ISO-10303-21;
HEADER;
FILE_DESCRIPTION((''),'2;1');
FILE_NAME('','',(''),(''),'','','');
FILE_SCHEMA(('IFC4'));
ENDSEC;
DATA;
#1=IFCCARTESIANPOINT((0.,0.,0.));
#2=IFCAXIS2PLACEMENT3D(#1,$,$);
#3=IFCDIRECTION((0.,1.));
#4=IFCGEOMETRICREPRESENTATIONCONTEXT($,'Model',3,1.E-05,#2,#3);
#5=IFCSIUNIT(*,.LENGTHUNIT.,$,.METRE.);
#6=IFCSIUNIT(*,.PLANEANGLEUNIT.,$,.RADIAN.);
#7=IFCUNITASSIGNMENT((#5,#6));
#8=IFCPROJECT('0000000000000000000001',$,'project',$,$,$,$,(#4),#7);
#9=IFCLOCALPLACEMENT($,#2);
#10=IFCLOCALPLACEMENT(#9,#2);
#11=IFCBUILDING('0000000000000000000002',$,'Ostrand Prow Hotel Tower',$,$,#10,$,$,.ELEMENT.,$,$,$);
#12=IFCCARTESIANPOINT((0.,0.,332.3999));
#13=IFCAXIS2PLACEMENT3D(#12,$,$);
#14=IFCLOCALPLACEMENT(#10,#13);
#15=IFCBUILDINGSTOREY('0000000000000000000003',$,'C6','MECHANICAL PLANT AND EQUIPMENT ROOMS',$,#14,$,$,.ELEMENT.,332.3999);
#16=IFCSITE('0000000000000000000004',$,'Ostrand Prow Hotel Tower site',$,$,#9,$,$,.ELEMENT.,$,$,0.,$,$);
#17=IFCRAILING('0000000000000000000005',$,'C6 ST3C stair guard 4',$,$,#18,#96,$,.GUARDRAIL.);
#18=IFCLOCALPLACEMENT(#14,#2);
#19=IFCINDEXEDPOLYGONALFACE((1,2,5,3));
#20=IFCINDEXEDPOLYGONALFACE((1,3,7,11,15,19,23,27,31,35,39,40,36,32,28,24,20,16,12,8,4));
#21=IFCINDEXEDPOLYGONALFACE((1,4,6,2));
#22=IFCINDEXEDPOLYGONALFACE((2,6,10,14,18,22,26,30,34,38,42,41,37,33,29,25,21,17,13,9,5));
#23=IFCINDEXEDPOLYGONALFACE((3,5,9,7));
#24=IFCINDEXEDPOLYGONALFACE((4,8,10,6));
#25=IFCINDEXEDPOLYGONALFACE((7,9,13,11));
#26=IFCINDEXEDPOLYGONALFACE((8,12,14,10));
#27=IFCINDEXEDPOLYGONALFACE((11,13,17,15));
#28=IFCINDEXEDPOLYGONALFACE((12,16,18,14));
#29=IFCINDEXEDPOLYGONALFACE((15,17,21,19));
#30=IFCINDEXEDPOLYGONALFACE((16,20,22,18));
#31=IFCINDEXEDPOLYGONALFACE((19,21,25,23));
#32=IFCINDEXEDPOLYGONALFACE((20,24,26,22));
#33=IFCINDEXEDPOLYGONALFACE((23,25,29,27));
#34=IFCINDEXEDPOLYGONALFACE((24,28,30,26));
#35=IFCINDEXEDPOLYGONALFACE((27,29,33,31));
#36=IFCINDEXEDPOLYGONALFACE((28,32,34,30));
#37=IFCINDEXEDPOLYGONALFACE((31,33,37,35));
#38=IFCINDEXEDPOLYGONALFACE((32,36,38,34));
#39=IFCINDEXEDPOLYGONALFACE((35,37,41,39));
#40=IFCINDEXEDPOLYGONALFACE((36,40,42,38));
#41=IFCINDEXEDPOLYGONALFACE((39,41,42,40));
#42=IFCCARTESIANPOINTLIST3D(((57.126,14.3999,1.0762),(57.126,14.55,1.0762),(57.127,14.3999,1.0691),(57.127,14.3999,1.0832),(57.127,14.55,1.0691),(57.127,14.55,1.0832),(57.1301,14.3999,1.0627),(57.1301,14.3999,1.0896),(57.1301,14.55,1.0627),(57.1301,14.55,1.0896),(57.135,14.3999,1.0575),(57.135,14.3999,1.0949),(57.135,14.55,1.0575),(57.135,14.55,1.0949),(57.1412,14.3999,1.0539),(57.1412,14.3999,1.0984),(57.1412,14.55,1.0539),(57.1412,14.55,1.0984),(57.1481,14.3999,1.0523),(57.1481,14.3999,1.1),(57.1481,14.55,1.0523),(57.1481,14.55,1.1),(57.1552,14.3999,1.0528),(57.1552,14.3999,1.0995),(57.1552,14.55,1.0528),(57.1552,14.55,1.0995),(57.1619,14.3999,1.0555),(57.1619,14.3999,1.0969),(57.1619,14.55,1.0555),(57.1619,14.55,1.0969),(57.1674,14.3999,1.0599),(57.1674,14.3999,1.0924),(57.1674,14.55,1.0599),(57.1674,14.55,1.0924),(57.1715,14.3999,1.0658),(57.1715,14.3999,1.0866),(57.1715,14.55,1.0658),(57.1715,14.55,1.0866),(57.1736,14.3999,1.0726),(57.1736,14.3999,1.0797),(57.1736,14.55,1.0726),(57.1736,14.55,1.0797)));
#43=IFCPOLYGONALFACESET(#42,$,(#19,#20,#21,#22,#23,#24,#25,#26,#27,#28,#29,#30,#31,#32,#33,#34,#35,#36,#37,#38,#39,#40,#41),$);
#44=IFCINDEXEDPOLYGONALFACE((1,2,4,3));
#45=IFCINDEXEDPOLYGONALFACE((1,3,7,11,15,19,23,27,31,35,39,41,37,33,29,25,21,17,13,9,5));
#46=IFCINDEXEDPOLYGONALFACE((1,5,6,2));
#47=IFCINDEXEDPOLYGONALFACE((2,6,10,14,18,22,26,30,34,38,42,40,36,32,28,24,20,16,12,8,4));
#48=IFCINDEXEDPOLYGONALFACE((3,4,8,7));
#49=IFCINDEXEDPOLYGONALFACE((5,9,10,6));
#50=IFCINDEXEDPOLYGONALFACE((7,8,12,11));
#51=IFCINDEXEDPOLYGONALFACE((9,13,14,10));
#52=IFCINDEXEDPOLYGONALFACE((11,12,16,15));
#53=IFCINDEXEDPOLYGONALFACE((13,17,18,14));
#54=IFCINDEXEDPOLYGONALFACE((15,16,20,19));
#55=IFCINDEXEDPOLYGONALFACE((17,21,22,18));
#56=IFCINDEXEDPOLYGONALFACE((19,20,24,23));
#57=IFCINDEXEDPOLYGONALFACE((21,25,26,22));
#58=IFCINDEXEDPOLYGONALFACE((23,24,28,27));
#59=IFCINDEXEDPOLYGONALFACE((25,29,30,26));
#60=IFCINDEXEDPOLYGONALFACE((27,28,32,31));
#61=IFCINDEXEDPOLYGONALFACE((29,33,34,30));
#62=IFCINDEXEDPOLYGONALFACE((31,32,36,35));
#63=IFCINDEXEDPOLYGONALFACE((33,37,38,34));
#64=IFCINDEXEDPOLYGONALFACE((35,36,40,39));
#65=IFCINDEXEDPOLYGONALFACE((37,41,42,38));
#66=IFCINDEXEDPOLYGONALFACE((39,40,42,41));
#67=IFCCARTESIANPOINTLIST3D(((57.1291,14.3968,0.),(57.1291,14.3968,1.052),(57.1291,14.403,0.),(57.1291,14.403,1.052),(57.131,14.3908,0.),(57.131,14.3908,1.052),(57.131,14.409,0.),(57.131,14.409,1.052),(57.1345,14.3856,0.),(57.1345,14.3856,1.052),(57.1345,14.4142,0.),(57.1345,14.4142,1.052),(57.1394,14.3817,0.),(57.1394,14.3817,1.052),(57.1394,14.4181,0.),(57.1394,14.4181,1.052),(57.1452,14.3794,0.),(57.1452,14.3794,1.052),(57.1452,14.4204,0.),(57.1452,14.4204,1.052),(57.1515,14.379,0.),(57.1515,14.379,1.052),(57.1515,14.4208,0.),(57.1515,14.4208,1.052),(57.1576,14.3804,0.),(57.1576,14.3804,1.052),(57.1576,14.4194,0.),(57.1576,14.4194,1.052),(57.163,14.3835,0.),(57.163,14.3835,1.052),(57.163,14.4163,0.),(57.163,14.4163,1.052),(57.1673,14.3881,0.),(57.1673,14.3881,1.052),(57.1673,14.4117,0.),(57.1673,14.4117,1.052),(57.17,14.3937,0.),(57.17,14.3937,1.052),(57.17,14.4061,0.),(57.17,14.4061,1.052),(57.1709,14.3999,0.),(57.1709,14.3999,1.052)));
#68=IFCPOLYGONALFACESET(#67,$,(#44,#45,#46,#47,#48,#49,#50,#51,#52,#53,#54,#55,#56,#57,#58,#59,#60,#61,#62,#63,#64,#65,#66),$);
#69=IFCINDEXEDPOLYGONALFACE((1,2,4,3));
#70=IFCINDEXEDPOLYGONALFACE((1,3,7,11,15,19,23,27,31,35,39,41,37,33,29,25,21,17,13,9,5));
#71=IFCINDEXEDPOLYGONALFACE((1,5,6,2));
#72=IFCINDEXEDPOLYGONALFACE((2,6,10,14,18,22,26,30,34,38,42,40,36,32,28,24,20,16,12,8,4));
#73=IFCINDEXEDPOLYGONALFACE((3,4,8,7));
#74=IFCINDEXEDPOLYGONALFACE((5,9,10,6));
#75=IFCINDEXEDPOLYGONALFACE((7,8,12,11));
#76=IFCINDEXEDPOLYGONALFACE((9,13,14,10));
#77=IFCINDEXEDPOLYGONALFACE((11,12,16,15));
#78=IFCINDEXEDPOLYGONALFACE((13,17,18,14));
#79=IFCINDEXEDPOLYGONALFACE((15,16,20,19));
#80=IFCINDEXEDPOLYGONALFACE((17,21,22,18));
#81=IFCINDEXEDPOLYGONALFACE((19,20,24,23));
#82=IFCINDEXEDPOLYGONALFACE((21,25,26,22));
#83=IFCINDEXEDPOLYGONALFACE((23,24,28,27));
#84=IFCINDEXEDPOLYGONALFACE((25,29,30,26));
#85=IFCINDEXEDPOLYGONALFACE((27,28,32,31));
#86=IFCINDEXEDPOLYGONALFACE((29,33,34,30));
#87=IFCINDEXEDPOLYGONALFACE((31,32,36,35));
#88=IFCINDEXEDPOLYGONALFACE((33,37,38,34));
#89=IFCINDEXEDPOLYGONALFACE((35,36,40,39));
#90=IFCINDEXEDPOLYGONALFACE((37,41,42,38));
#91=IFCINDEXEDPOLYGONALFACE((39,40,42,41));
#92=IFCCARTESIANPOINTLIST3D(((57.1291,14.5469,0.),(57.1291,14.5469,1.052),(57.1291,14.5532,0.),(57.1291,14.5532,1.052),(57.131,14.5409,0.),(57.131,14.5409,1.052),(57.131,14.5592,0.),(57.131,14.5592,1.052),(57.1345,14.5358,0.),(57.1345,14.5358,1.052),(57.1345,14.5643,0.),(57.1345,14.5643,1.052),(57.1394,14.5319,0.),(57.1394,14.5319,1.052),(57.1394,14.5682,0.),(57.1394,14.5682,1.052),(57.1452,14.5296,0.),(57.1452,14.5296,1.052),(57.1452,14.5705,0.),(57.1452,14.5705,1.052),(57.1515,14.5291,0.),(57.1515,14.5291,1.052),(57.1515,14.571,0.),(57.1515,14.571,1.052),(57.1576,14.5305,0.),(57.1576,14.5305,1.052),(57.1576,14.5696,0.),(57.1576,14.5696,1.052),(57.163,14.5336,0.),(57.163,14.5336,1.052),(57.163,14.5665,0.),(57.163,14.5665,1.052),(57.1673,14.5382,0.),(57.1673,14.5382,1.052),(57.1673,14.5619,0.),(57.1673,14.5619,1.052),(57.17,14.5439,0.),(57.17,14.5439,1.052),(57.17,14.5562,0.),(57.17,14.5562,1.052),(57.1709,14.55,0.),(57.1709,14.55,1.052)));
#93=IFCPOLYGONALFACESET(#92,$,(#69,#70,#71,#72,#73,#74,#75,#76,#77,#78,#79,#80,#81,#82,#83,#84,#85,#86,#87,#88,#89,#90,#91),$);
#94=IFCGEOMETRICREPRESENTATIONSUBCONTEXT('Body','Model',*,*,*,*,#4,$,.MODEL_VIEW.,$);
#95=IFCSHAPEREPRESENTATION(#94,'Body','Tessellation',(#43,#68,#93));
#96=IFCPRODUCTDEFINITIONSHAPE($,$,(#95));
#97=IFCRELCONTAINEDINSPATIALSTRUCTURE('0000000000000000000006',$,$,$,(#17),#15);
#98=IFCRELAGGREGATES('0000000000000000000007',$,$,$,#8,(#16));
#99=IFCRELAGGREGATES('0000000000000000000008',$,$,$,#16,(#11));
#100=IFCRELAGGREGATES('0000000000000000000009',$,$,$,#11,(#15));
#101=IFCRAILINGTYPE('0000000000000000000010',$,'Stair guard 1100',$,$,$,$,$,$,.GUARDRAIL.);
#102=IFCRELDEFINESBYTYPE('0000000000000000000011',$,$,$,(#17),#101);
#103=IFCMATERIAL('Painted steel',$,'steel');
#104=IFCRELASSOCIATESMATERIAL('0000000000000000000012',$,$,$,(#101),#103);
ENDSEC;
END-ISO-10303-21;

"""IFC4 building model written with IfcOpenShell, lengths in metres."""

from ifc_helpers import new_model, si_unit, direction, frame, origin, origin_2d, place, context, subcontext, project, spatial, circle, extrude, material, type_object, element, save


model = new_model("IFC4")

# Units and contexts
model_context = context("Model", 3, precision=1e-05, world=origin(), true_north=direction((0.0, 1.0)))
body_context = subcontext(model_context, "Body", "Model", "MODEL_VIEW")
ifc_project = project(units=[si_unit("LENGTHUNIT", "METRE"), si_unit("PLANEANGLEUNIT", "RADIAN")], contexts=[model_context])

# Site, building, storey
site_placement = place(None, origin())
site = spatial("IfcSite", under=ifc_project, at=site_placement, Name="Ostrand Prow Hotel Tower site", CompositionType="ELEMENT", RefElevation=0.0)
building_placement = place(site_placement, origin())
building = spatial("IfcBuilding", under=site, at=building_placement, Name="Ostrand Prow Hotel Tower", CompositionType="ELEMENT")
storey_placement = place(building_placement, frame((0.0, 0.0, 332.3999)))
storey = spatial("IfcBuildingStorey", under=building, at=storey_placement, Name="C6", Description="MECHANICAL PLANT AND EQUIPMENT ROOMS", CompositionType="ELEMENT", Elevation=332.3999)

# Railing
ifc_material_1 = material(Name="Painted steel", Category="steel")
railing_type_1 = type_object("IfcRailingType", Name="Stair guard 1100", PredefinedType="GUARDRAIL", material=ifc_material_1)
railing_1_placement = place(storey_placement, frame((57.1499, 14.3999, 0.0)))
element("IfcRailing", 1, at=railing_1_placement, inside=storey, type_object=railing_type_1, Name="C6 ST3C stair guard 4", PredefinedType="GUARDRAIL", context=body_context, shape_type="SweptSolid", body=[
    extrude(circle(Radius=0.0239, at=origin_2d()), frame((0.0, 0.0, 1.0762), z_axis=(0.0, 1.0, 0.0), x_axis=(-1.0, 0.0, 0.0)), (0.0, 0.0, 1.0), 0.1501),
    extrude(circle(Radius=0.021, at=origin_2d()), origin(), (0.0, 0.0, 1.0), 1.052),
    extrude(circle(Radius=0.021, at=origin_2d()), frame((0.0, 0.1501, 0.0)), (0.0, 0.0, 1.0), 1.052),
])

save(model, "model.ifc")
